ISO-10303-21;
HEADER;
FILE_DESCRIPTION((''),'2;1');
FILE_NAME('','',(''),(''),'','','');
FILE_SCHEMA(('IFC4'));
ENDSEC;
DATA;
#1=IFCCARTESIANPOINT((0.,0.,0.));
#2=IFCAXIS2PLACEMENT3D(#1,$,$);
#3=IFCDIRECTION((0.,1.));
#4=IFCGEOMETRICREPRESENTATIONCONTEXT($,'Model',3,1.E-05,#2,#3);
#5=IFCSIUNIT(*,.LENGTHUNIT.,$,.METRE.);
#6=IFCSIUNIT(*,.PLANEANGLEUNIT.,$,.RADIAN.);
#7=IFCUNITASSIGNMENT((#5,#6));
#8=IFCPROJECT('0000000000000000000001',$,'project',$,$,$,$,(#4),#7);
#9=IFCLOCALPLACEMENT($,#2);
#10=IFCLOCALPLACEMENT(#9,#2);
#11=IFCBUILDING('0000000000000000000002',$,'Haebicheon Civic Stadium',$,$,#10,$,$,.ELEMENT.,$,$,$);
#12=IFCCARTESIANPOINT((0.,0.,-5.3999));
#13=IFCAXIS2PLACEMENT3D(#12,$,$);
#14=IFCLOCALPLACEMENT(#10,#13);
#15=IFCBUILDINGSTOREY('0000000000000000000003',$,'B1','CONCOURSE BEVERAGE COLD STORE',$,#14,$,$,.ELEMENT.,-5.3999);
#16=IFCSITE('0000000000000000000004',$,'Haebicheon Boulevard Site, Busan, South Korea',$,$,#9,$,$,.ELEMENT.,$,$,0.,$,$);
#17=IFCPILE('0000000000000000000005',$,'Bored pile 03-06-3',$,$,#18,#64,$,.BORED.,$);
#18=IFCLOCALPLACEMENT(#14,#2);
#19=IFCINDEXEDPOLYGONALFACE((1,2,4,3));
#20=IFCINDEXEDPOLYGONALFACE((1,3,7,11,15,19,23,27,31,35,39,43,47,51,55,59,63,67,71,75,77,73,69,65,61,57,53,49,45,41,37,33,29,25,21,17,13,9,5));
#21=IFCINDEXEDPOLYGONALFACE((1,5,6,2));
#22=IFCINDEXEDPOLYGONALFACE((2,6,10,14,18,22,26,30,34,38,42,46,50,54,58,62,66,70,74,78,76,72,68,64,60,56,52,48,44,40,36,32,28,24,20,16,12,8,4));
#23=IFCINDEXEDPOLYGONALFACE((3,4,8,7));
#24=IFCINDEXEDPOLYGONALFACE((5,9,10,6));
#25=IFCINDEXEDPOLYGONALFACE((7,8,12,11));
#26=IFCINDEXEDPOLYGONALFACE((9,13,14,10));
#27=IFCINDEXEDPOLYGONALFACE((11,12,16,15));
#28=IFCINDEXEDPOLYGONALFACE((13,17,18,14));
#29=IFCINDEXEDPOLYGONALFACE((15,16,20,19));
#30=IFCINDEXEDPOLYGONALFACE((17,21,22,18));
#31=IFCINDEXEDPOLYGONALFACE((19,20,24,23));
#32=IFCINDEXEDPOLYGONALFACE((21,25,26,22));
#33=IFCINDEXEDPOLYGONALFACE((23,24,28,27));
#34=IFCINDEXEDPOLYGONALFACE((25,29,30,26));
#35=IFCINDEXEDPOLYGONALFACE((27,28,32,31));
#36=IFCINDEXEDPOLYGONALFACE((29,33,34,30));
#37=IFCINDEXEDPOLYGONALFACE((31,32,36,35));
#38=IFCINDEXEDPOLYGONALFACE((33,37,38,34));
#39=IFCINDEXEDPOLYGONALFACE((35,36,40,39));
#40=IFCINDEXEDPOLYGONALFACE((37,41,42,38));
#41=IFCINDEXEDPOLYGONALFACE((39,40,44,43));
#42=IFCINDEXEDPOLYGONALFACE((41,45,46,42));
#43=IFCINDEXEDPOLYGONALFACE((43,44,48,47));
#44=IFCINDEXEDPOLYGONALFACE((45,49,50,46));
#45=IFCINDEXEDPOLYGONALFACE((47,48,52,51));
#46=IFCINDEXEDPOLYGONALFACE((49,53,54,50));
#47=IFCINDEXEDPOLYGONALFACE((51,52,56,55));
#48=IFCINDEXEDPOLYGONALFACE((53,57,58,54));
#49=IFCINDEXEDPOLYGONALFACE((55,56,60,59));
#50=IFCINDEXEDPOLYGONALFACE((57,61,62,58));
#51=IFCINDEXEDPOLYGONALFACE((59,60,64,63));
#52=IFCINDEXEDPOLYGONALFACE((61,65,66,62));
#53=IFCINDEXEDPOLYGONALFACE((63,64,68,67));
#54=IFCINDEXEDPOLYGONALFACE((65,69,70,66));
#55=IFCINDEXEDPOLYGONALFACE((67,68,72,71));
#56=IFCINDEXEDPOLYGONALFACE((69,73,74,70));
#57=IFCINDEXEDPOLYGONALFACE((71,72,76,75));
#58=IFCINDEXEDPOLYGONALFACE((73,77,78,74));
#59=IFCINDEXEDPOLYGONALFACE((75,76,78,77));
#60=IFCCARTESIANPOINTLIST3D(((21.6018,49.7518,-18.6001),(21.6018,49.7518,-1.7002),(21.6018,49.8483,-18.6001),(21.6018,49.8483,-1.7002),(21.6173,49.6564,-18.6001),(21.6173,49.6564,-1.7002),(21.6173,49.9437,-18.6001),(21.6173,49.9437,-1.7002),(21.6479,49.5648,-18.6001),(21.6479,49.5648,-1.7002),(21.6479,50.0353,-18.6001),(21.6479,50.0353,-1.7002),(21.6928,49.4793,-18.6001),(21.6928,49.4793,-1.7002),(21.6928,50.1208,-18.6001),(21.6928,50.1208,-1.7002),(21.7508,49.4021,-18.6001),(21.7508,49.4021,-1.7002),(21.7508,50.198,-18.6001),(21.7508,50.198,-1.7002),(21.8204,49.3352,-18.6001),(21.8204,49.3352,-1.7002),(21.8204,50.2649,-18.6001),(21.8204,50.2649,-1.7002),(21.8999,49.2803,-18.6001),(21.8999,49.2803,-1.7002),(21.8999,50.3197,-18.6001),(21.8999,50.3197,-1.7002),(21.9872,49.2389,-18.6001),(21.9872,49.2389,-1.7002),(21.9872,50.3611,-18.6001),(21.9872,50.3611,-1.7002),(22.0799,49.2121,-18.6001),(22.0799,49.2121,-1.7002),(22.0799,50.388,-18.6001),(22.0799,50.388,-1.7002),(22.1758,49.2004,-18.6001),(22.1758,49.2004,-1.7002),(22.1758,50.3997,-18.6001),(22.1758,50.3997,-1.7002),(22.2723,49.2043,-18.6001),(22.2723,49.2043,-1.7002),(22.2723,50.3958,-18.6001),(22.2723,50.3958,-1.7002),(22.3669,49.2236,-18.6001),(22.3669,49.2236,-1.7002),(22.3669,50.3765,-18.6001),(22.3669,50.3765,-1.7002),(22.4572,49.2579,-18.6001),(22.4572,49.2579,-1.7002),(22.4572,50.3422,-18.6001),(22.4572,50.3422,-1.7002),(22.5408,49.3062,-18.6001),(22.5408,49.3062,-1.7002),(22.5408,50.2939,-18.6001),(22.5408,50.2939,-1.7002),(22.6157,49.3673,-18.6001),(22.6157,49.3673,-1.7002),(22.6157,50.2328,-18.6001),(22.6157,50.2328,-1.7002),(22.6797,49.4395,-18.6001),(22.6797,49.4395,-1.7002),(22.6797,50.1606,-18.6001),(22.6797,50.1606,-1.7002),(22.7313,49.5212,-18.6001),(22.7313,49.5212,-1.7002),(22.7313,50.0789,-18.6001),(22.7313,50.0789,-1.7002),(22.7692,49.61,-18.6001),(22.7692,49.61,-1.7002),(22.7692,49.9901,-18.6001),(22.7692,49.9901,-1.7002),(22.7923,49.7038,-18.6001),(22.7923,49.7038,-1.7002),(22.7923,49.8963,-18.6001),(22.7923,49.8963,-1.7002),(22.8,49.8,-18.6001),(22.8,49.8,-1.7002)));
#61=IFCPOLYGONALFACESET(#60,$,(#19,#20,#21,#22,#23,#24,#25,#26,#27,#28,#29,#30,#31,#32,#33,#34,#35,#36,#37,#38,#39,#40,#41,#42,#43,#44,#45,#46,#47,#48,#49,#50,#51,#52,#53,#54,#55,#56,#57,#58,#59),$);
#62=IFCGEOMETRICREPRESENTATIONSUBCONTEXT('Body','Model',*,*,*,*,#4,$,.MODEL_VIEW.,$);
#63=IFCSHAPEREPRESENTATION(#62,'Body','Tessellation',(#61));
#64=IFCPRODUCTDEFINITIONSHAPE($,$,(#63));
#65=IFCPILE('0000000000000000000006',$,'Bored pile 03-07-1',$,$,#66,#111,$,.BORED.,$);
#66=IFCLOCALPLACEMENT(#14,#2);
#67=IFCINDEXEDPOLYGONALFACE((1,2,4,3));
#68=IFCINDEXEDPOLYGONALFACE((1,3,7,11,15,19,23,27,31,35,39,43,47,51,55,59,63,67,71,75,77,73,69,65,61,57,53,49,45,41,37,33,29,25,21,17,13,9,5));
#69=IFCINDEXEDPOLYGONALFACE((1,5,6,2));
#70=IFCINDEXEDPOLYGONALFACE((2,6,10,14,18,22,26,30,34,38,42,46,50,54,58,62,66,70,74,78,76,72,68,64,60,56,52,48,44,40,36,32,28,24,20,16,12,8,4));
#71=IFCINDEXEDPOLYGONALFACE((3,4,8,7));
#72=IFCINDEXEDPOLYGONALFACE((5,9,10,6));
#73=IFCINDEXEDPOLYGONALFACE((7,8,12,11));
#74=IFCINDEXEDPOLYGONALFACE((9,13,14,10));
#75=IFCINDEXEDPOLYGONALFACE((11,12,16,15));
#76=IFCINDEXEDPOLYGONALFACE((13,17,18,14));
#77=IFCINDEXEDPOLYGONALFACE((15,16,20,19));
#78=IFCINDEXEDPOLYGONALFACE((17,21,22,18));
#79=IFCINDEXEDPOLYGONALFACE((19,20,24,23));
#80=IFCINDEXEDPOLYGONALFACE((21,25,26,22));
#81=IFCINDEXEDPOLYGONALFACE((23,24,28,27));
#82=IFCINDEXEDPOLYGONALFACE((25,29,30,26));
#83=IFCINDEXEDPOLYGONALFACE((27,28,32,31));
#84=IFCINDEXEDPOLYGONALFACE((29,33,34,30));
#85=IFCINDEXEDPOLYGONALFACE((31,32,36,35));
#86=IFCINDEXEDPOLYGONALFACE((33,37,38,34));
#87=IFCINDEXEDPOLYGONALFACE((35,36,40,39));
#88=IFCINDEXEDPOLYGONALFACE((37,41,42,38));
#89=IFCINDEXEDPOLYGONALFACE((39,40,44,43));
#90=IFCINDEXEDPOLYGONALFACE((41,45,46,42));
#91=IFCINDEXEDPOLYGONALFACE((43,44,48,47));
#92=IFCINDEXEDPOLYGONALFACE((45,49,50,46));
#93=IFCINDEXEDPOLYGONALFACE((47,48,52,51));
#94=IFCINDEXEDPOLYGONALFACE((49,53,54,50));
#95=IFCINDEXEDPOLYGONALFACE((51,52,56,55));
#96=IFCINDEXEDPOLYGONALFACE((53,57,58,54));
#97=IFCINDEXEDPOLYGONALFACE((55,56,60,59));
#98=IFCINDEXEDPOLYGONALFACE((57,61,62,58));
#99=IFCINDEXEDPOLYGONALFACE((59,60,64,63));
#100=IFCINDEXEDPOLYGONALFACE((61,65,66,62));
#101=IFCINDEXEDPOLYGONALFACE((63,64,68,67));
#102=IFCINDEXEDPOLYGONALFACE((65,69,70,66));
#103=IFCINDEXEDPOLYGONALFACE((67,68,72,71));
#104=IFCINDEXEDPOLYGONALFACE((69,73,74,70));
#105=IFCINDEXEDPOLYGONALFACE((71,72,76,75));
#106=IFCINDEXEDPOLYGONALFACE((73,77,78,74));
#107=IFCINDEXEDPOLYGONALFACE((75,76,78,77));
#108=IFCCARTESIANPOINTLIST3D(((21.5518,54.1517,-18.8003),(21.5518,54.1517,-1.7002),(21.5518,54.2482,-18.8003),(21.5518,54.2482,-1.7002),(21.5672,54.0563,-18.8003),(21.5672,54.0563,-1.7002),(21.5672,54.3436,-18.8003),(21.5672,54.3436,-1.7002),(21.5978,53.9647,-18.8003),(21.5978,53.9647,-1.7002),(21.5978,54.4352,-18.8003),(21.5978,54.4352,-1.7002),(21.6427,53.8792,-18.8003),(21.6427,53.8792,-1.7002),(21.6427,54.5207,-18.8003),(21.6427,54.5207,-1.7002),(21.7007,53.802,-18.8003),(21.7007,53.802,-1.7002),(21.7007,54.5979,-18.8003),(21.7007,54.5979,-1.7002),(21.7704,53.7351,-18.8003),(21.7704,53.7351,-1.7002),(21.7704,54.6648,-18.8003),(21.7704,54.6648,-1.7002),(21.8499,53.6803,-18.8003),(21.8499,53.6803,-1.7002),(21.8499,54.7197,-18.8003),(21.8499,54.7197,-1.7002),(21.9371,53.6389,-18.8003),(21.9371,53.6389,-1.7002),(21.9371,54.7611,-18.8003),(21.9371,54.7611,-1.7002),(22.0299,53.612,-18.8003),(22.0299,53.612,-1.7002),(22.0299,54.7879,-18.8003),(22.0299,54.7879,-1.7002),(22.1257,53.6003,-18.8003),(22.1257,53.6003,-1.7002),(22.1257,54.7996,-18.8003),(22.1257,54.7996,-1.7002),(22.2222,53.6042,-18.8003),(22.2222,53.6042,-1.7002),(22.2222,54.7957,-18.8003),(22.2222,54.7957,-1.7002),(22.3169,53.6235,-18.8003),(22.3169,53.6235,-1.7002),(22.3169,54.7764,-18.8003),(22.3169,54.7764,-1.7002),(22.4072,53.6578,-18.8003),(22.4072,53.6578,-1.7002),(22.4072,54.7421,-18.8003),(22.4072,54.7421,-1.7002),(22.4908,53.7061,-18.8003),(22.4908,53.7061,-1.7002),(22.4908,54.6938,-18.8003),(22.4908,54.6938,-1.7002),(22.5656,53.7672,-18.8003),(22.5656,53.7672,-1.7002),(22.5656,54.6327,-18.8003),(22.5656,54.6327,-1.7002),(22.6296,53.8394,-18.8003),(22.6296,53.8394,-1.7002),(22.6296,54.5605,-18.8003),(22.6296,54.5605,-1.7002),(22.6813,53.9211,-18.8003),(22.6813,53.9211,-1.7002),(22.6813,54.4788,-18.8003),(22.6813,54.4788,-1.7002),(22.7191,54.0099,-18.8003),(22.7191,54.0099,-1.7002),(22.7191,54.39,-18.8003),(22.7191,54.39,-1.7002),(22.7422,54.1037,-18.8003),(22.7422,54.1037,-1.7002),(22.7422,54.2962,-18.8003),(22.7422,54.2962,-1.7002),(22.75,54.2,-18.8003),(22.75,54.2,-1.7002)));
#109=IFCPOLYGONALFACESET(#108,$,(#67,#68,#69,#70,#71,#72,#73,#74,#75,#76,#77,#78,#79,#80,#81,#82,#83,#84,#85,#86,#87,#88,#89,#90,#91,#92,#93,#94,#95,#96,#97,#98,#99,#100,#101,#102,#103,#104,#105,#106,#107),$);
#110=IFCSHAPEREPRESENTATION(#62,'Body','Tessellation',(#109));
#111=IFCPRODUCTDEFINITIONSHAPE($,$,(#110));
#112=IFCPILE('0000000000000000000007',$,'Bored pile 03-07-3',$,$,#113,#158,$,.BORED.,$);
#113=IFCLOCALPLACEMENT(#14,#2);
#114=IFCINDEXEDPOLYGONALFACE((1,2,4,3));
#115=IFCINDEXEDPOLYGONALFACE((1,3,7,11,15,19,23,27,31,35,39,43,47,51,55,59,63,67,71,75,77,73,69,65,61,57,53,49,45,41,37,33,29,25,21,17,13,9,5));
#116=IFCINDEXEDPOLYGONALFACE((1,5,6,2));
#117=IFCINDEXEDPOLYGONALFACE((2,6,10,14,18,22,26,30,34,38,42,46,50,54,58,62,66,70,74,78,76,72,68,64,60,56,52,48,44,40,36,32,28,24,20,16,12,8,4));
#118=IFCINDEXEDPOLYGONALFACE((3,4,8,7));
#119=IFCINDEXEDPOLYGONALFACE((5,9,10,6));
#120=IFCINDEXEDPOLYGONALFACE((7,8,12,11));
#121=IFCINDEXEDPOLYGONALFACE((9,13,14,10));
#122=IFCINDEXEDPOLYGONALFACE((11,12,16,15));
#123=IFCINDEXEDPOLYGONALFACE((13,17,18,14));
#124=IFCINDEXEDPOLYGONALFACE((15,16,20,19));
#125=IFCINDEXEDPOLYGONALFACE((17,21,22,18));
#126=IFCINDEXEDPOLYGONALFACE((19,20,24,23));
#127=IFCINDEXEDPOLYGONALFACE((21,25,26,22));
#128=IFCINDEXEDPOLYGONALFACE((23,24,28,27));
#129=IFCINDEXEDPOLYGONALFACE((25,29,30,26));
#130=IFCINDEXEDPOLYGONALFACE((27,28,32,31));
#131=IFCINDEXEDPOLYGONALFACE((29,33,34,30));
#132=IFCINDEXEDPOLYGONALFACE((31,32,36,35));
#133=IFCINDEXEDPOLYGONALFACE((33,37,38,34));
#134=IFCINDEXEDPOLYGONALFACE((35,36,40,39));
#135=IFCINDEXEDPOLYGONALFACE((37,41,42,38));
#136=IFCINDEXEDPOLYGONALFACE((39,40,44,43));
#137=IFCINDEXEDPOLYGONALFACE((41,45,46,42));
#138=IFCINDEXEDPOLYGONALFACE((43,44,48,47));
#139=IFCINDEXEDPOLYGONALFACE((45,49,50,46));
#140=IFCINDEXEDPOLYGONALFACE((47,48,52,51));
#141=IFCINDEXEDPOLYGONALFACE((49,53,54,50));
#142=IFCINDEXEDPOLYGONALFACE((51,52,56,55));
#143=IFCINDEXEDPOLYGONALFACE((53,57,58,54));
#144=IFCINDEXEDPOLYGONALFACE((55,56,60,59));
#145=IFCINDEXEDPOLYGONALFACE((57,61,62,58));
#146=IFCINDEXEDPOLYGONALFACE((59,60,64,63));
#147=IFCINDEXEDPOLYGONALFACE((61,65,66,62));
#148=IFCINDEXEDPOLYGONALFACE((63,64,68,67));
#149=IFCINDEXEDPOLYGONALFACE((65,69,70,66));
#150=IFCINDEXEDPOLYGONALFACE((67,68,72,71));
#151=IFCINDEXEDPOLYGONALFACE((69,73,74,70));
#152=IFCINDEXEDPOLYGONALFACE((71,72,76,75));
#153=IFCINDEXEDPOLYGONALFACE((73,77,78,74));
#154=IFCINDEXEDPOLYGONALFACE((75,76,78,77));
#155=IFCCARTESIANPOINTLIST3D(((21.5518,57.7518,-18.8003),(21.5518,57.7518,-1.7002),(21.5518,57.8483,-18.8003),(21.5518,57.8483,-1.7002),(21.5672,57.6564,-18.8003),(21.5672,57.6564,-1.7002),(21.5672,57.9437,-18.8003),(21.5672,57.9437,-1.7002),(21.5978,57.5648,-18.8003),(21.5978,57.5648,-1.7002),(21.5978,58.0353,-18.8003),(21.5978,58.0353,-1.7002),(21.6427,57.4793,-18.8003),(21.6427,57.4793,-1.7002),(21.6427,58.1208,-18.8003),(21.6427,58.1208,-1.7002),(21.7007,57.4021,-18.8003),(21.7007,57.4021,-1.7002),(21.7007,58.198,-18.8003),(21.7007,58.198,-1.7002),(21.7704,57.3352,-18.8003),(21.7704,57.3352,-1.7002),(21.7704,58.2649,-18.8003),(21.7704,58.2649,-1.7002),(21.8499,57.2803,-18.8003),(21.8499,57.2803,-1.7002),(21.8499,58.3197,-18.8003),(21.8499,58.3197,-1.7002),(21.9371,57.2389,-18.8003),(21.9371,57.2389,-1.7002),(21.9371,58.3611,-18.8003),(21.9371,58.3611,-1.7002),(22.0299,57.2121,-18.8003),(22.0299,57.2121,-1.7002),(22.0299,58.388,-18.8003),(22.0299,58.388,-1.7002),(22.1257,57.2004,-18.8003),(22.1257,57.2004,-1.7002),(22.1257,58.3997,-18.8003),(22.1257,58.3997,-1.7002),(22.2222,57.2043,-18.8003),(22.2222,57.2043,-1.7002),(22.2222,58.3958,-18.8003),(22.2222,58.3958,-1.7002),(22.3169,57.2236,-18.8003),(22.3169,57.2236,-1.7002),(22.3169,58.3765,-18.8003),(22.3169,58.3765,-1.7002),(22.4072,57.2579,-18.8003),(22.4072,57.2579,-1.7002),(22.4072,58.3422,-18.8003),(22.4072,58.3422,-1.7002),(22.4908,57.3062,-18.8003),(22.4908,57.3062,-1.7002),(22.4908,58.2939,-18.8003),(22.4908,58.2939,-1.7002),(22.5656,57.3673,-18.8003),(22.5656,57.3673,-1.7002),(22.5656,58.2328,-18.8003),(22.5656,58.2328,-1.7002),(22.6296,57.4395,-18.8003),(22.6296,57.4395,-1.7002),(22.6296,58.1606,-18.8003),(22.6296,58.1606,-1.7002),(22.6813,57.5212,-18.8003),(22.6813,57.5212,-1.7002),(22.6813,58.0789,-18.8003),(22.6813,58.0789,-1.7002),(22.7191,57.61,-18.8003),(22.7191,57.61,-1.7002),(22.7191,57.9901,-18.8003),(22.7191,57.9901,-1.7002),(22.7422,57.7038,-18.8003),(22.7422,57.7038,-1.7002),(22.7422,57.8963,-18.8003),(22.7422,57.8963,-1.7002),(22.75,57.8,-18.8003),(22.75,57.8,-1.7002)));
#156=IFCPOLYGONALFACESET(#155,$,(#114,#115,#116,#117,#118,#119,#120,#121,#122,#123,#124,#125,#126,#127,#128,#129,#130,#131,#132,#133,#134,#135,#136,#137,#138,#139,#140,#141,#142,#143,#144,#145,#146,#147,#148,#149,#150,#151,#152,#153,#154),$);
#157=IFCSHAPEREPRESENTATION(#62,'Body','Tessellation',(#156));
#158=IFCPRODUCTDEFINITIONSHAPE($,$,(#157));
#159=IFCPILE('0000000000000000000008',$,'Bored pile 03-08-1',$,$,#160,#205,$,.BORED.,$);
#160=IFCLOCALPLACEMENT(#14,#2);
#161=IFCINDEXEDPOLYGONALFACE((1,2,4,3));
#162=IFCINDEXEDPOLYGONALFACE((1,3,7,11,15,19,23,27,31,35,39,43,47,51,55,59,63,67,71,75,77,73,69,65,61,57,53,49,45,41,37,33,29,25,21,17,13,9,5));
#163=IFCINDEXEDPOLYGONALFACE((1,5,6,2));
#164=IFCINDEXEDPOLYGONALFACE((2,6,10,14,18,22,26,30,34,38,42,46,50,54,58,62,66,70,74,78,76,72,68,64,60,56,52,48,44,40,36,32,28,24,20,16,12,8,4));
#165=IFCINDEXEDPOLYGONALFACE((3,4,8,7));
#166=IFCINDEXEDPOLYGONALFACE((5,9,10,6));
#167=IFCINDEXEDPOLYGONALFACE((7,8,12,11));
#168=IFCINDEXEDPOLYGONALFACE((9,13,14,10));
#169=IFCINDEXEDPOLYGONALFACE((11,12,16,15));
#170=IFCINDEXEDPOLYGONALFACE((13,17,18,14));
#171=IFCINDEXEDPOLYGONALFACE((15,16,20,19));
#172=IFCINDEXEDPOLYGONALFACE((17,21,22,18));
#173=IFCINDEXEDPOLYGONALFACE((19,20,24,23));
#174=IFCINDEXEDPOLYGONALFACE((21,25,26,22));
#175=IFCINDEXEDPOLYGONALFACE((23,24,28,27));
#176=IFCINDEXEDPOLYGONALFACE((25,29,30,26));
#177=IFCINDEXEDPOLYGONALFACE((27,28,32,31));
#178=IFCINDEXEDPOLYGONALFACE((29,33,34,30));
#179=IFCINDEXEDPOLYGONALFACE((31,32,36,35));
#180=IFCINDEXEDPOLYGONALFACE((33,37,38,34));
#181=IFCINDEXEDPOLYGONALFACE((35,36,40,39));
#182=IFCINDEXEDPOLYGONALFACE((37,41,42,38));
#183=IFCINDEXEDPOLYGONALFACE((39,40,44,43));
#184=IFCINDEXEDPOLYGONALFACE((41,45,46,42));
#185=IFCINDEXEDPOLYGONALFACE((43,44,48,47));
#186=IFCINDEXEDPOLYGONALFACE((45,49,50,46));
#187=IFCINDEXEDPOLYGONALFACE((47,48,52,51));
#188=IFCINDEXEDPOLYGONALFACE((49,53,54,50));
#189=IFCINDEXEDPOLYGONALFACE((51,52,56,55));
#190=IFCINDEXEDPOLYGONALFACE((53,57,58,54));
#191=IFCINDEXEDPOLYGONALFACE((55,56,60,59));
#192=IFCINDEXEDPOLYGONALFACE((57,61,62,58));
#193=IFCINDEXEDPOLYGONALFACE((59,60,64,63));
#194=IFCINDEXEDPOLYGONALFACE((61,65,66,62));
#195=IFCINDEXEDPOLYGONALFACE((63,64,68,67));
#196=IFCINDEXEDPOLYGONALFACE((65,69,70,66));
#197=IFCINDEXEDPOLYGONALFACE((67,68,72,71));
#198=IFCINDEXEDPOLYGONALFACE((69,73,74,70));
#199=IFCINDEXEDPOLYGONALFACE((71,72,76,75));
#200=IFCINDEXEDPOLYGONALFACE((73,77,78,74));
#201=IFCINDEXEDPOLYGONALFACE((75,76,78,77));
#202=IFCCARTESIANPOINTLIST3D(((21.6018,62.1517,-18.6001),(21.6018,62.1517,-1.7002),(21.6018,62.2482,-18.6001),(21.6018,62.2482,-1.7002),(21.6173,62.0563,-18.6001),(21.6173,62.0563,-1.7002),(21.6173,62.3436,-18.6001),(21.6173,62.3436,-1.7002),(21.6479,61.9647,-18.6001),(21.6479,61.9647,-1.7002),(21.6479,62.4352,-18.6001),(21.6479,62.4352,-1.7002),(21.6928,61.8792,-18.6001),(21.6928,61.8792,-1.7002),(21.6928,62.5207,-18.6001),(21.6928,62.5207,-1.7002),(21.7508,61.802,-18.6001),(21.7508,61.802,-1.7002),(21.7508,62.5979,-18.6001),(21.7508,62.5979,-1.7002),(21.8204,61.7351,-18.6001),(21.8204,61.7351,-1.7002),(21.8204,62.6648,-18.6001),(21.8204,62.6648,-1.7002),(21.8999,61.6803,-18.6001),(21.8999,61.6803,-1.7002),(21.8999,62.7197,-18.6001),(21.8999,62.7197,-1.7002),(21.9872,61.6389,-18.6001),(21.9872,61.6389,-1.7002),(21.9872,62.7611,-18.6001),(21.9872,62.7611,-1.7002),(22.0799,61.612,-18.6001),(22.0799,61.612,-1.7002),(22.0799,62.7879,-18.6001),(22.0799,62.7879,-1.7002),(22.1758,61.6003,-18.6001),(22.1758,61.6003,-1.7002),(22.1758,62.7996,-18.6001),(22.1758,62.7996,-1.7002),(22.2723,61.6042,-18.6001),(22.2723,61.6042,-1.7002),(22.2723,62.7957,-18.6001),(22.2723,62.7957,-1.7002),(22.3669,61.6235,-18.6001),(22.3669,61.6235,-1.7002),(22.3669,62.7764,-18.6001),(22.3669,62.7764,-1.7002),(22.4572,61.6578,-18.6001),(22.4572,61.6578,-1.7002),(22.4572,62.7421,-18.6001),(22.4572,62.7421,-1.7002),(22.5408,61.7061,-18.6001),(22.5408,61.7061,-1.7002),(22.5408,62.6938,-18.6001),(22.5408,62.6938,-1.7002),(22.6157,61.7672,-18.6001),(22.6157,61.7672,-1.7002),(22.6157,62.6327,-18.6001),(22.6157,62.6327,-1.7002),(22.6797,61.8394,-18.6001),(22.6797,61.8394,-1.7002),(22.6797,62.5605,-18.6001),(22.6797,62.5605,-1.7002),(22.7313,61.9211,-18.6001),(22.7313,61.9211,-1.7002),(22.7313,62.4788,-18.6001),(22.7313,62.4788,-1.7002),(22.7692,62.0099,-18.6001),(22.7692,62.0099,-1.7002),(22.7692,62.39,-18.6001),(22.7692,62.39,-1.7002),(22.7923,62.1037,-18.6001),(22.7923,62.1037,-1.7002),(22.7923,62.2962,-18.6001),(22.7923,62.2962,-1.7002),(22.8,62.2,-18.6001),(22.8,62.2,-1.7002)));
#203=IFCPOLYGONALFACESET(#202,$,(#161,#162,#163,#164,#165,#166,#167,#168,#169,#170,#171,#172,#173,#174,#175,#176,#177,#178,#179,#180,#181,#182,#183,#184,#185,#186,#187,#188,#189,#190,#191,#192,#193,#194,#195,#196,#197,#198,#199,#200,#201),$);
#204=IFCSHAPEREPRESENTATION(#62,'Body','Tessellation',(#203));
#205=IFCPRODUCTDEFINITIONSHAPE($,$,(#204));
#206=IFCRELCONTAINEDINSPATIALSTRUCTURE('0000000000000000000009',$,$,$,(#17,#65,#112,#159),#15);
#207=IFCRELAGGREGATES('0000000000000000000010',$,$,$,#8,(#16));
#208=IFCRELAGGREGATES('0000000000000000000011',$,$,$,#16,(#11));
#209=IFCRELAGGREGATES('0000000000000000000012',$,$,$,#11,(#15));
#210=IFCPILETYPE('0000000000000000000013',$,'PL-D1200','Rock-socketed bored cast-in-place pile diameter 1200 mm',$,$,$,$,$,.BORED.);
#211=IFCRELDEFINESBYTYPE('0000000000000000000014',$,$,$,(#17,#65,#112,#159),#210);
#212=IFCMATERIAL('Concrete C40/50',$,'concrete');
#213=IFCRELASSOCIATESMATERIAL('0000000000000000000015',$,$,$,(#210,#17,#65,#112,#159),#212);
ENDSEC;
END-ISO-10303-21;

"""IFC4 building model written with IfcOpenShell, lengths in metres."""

from ifc_helpers import new_model, si_unit, direction, frame, origin, origin_2d, place, context, subcontext, project, spatial, circle, extrude, material, material_profile, profile_set, type_object, element, save


model = new_model("IFC4")

# Units and contexts
model_context = context("Model", 3, precision=1e-05, world=origin(), true_north=direction((0.0, 1.0)))
body_context = subcontext(model_context, "Body", "Model", "MODEL_VIEW")
ifc_project = project(units=[si_unit("LENGTHUNIT", "METRE"), si_unit("PLANEANGLEUNIT", "RADIAN")], contexts=[model_context])

# Site, building, storey
site_placement = place(None, origin())
site = spatial("IfcSite", under=ifc_project, at=site_placement, Name="Haebicheon Boulevard Site, Busan, South Korea", CompositionType="ELEMENT", RefElevation=0.0)
building_placement = place(site_placement, origin())
building = spatial("IfcBuilding", under=site, at=building_placement, Name="Haebicheon Civic Stadium", CompositionType="ELEMENT")
storey_placement = place(building_placement, frame((0.0, 0.0, -5.3999)))
storey = spatial("IfcBuildingStorey", under=building, at=storey_placement, Name="B1", Description="CONCOURSE BEVERAGE COLD STORE", CompositionType="ELEMENT", Elevation=-5.3999)

# Piles
ifc_material_1 = material(Name="Concrete C40/50", Category="concrete")
ifc_material_profile_1 = material_profile(ifc_material_1, circle(Radius=0.6001, at=origin_2d()), Name="PILE-D1200")
ifc_profile_set_1 = profile_set([ifc_material_profile_1], Name="Concrete C40/50")
pile_type_1 = type_object("IfcPileType", Name="PL-D1200", Description="Rock-socketed bored cast-in-place pile diameter 1200 mm", PredefinedType="BORED", material=ifc_profile_set_1)
pile_1_placement = place(storey_placement, frame((22.2, 49.8, -1.7002), z_axis=(0.0, 0.0, -1.0), x_axis=(1.0, 0.0, 0.0)))
element("IfcPile", 1, at=pile_1_placement, inside=storey, type_object=pile_type_1, material=ifc_profile_set_1, Name="Bored pile 03-06-3", PredefinedType="BORED", context=body_context, shape_type="SweptSolid", body=[
    extrude(circle(Radius=0.6001, at=origin_2d()), origin(), (0.0, 0.0, 1.0), 16.8999),
])
for number, where, z_axis, x_axis, name in (
    (2, (22.1499, 54.2, -1.7002), (0.0, 0.0, -1.0), (1.0, 0.0, 0.0), "Bored pile 03-07-1"),
    (3, (22.1499, 57.8, -1.7002), (0.0, 0.0, -1.0), (1.0, 0.0, 0.0), "Bored pile 03-07-3"),
):
    element("IfcPile", number, at=place(storey_placement, frame(where, z_axis=z_axis, x_axis=x_axis)), inside=storey, type_object=pile_type_1, material=ifc_profile_set_1, Name=name, PredefinedType="BORED", context=body_context, shape_type="SweptSolid", body=[
        extrude(circle(Radius=0.6001, at=origin_2d()), origin(), (0.0, 0.0, 1.0), 17.1001),
    ])
pile_2_placement = place(storey_placement, frame((22.2, 62.2, -1.7002), z_axis=(0.0, 0.0, -1.0), x_axis=(1.0, 0.0, 0.0)))
element("IfcPile", 4, at=pile_2_placement, inside=storey, type_object=pile_type_1, material=ifc_profile_set_1, Name="Bored pile 03-08-1", PredefinedType="BORED", context=body_context, shape_type="SweptSolid", body=[
    extrude(circle(Radius=0.6001, at=origin_2d()), origin(), (0.0, 0.0, 1.0), 16.8999),
])

save(model, "model.ifc")
